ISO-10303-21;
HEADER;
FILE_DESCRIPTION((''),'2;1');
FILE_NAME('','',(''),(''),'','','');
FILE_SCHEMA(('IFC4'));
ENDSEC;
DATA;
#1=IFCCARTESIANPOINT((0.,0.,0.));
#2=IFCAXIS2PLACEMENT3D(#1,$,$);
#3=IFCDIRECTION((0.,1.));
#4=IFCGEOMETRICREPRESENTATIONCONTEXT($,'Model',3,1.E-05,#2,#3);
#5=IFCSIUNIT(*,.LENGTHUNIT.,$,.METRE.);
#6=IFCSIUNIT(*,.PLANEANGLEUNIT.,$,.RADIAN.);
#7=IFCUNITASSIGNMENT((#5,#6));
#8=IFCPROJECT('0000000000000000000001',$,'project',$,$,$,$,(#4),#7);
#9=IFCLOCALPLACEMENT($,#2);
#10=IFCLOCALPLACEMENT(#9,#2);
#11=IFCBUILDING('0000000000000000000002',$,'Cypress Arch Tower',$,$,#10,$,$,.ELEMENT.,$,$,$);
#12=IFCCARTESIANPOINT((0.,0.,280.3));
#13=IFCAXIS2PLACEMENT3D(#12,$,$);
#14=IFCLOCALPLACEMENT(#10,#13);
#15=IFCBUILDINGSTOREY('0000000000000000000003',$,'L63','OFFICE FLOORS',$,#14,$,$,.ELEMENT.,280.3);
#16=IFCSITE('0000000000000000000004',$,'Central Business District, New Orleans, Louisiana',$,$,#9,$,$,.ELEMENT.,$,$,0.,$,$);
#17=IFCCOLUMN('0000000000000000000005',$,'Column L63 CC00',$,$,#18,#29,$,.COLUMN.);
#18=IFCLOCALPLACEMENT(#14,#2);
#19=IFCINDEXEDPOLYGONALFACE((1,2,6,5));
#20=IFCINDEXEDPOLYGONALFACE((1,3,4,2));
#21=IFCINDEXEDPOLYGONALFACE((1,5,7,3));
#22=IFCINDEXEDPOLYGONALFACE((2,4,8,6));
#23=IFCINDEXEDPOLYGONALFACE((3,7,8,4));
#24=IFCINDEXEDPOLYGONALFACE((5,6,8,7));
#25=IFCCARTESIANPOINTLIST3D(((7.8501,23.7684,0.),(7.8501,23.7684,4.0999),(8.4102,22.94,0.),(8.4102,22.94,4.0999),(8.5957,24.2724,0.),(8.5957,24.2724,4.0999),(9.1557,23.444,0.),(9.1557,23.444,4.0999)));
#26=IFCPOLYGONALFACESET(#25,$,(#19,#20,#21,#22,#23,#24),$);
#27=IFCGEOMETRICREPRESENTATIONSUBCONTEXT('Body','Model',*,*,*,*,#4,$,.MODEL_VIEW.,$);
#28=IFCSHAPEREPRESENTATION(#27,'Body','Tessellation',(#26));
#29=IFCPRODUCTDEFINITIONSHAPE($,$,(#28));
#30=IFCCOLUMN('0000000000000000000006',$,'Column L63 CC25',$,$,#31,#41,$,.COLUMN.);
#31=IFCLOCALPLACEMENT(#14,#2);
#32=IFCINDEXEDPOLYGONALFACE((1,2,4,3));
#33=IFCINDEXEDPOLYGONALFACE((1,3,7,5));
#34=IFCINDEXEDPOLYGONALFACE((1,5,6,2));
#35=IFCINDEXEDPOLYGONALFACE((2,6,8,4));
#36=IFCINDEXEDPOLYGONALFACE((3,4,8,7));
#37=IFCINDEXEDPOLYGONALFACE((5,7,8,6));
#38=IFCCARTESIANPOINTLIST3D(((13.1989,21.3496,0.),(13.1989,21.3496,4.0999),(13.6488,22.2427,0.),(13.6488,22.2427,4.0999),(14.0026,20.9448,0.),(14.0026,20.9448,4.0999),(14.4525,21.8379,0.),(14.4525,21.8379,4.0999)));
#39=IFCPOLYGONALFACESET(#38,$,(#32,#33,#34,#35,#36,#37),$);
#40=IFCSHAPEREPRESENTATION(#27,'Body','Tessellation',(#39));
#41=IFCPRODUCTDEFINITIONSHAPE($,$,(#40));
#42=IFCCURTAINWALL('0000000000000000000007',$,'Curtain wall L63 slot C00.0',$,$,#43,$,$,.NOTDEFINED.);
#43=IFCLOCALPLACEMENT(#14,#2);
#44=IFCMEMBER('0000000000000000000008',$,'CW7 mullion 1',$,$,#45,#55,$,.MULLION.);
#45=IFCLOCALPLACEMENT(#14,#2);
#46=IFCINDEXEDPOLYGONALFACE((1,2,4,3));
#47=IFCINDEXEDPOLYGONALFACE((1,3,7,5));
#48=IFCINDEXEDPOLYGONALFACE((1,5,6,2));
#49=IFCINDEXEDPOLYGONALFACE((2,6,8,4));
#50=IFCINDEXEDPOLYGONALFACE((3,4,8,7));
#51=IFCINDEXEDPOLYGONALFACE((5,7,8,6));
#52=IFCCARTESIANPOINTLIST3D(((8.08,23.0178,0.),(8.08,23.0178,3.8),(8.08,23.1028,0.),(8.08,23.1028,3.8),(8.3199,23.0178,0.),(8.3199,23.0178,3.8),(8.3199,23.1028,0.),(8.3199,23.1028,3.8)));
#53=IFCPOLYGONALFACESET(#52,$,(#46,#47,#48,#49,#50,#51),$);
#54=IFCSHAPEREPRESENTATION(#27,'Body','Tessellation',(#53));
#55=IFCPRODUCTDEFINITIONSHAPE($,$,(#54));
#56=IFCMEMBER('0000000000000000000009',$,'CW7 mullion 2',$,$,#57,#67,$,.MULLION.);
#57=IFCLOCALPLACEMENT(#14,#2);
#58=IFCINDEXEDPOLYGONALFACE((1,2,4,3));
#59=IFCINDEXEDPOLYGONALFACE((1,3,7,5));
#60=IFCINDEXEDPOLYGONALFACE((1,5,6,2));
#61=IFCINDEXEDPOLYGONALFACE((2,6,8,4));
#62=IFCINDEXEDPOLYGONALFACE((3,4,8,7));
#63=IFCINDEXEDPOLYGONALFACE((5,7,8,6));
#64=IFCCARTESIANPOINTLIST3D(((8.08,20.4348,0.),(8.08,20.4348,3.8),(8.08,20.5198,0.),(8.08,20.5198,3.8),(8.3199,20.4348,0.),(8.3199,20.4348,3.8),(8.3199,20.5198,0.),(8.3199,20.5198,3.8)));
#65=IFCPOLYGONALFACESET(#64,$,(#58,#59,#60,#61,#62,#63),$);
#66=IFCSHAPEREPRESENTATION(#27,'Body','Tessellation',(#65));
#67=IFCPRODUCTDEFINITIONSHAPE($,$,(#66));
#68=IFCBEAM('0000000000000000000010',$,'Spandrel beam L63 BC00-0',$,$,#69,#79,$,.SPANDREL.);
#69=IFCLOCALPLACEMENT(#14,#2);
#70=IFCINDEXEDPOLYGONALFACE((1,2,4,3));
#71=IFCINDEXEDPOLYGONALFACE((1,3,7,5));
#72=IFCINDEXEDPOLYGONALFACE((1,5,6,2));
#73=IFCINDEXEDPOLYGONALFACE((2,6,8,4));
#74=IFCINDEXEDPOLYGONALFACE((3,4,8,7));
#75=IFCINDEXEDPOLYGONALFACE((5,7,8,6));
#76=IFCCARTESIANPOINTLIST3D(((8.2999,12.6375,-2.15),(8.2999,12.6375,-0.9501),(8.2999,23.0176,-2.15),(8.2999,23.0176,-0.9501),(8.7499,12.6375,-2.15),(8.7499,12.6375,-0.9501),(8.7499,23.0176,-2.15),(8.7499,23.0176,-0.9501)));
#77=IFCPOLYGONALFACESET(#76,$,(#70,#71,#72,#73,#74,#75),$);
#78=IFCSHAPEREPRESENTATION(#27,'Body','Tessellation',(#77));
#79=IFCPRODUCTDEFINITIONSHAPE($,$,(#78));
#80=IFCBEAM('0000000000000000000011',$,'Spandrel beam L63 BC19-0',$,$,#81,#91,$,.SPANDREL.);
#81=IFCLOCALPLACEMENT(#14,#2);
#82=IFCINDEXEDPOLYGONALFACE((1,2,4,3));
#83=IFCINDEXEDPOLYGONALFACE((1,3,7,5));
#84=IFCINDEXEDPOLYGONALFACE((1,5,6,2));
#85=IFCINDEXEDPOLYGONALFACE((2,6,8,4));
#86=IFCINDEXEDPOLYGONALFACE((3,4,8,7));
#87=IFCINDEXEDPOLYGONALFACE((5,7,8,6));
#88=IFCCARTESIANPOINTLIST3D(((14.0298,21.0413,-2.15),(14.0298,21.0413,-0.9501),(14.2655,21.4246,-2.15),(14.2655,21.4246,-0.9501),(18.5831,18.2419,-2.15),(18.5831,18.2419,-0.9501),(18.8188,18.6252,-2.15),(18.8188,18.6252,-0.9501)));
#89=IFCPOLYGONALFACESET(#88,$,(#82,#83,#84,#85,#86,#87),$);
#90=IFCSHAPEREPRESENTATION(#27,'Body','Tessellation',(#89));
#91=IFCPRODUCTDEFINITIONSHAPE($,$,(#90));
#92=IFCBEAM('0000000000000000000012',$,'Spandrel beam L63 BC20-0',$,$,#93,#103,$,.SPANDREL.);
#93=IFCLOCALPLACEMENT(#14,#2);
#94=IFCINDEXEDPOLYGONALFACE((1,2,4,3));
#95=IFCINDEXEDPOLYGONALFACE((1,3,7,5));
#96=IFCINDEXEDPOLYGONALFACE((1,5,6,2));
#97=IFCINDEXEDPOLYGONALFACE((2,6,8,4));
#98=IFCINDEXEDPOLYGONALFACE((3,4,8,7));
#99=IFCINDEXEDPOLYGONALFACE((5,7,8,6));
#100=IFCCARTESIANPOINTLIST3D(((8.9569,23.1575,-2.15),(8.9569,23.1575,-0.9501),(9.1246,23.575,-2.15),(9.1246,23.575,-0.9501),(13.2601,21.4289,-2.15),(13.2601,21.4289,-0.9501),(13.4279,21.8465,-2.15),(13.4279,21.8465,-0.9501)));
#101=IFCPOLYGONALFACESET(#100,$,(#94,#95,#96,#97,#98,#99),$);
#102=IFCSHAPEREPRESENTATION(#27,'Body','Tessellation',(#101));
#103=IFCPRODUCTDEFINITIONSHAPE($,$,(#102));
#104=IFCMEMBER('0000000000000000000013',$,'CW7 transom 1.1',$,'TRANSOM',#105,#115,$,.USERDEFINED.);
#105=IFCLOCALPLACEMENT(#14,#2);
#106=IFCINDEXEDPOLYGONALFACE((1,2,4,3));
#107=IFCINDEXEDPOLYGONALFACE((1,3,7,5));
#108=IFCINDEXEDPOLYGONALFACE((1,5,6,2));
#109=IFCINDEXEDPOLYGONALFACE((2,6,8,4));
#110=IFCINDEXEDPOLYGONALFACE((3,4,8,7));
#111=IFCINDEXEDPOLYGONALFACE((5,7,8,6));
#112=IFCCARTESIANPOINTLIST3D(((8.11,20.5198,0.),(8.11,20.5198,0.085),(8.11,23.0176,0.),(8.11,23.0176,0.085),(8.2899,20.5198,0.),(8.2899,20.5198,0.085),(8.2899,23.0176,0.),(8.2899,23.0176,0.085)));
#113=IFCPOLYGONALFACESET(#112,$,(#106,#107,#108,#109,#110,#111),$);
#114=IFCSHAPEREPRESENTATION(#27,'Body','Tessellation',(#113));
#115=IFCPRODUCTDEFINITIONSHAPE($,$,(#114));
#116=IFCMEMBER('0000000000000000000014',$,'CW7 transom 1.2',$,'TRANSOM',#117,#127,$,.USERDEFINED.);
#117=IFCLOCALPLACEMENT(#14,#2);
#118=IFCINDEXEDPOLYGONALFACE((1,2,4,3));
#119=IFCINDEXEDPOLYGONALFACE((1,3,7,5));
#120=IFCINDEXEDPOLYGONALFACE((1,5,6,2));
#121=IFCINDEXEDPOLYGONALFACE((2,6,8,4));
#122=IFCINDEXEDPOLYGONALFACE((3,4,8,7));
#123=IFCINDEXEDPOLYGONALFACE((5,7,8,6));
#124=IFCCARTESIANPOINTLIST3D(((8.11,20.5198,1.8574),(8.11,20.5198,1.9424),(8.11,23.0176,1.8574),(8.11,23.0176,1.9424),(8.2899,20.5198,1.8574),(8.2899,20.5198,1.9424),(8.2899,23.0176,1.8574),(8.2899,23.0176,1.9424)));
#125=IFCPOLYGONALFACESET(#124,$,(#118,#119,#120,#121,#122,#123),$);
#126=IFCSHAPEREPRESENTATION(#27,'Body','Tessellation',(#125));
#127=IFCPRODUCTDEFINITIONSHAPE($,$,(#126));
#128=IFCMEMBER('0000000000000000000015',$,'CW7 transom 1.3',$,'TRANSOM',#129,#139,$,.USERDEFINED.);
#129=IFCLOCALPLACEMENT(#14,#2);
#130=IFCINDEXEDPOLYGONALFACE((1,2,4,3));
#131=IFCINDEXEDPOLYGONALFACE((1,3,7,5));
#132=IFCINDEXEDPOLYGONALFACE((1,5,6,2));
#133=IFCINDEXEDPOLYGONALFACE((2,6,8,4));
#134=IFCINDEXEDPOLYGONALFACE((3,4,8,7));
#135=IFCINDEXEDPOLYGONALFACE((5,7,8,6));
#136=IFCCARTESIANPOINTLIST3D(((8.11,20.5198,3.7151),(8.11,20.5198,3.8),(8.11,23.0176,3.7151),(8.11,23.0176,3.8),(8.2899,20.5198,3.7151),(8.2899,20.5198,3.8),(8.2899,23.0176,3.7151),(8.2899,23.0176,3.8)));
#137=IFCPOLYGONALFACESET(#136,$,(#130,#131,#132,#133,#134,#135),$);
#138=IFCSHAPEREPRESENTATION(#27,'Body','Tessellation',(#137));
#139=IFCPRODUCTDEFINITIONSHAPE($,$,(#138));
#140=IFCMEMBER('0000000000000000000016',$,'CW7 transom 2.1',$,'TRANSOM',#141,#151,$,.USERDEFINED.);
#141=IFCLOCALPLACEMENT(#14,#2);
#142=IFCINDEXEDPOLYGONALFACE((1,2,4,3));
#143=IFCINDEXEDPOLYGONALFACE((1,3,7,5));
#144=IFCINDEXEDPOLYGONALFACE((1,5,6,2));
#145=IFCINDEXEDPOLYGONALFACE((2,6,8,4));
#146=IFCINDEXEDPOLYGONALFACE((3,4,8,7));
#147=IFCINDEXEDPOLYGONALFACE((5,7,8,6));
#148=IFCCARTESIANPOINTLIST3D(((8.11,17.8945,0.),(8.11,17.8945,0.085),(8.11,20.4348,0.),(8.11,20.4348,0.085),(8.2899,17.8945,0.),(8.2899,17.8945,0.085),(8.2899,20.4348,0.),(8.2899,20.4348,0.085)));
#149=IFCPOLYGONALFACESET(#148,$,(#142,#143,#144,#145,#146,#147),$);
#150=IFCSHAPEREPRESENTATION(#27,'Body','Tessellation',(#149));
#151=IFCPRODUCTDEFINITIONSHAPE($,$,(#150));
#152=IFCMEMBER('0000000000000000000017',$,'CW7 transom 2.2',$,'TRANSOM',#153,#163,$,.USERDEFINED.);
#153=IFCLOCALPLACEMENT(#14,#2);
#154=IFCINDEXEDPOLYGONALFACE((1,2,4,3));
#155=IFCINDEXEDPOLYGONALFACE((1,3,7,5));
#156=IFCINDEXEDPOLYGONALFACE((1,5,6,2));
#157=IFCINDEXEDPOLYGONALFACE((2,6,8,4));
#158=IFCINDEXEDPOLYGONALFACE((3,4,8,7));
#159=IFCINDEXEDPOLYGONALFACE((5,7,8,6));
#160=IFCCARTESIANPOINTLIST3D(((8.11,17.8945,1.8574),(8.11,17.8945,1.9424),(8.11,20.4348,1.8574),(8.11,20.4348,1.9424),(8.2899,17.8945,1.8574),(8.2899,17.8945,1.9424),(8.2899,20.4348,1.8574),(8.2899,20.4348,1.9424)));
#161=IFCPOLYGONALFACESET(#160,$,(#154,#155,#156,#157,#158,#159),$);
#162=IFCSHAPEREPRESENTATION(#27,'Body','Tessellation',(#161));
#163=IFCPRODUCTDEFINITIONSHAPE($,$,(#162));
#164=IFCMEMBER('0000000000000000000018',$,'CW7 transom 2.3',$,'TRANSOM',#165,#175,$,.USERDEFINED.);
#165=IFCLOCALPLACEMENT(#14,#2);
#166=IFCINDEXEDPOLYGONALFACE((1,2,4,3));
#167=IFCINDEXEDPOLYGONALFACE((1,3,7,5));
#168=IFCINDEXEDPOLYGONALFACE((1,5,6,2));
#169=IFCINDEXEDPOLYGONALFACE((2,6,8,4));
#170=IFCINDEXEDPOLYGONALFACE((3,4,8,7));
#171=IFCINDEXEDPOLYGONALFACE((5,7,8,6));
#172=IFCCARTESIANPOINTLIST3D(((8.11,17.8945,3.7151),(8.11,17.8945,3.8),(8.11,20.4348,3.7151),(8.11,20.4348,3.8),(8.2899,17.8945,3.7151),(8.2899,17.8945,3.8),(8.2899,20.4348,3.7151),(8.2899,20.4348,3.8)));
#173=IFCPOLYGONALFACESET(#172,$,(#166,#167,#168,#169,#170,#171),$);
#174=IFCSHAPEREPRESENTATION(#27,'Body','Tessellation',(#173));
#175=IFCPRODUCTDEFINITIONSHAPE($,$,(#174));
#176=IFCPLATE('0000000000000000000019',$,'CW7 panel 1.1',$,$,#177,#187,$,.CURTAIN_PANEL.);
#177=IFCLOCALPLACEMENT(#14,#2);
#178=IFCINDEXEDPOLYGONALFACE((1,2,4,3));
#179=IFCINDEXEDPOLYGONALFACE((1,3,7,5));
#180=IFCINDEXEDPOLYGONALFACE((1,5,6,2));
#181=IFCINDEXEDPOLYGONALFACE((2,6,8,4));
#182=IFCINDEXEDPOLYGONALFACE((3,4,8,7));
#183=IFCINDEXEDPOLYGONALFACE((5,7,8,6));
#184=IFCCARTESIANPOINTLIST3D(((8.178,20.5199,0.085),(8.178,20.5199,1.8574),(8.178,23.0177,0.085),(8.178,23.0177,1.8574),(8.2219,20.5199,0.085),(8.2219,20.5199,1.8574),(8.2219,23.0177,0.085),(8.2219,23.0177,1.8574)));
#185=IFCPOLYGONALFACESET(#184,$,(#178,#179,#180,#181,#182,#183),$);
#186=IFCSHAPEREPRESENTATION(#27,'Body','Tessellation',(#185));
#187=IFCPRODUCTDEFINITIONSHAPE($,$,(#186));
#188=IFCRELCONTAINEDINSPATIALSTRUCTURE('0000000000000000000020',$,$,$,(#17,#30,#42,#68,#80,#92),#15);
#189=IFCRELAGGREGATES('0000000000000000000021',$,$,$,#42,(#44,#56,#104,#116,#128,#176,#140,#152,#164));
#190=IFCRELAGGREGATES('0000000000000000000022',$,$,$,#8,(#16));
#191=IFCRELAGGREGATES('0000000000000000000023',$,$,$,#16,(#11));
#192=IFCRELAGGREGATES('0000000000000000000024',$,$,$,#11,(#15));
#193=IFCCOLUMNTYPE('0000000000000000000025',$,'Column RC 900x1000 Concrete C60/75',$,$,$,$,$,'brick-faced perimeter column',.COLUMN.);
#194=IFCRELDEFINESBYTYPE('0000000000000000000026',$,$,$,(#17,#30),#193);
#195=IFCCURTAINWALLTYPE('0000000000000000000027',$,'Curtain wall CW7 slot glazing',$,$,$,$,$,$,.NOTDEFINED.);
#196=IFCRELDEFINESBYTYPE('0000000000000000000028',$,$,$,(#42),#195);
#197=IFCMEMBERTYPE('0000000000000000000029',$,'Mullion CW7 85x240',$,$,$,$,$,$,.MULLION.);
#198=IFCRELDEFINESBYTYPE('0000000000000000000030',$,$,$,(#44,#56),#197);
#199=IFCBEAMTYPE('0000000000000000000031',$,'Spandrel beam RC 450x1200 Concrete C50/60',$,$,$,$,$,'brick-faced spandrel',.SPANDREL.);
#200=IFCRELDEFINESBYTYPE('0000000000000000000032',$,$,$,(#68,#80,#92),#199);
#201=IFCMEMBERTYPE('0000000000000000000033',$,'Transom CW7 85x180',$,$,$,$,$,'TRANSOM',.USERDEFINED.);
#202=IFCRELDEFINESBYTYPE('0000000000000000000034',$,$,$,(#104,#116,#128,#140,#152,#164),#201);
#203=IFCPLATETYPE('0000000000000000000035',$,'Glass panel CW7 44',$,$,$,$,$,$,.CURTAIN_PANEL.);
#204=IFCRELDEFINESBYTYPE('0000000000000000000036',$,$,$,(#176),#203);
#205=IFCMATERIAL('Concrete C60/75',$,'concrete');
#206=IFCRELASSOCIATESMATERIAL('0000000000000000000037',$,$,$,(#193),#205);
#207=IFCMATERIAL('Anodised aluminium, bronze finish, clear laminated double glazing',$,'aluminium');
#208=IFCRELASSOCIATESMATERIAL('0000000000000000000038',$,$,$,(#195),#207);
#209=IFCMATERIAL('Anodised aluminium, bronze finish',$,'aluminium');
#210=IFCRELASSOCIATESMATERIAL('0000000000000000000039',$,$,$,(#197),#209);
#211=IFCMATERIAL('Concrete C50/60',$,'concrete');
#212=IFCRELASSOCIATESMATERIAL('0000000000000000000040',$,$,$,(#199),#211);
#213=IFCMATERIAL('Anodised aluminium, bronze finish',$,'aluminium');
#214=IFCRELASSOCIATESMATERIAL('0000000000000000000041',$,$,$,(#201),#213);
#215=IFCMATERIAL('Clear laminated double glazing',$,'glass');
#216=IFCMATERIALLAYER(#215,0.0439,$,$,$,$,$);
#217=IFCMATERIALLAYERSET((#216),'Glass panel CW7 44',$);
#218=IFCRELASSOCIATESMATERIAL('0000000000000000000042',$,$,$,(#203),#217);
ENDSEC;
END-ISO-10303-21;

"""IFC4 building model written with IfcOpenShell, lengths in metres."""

from ifc_helpers import new_model, si_unit, direction, frame, origin, origin_2d, place, context, subcontext, project, spatial, rectangle, extrude, material, layer, layer_set, material_profile, profile_set, type_object, element, aggregate, save


model = new_model("IFC4")

# Units and contexts
model_context = context("Model", 3, precision=1e-05, world=origin(), true_north=direction((0.0, 1.0)))
body_context = subcontext(model_context, "Body", "Model", "MODEL_VIEW")
ifc_project = project(units=[si_unit("LENGTHUNIT", "METRE"), si_unit("PLANEANGLEUNIT", "RADIAN")], contexts=[model_context])

# Site, building, storey
site_placement = place(None, origin())
site = spatial("IfcSite", under=ifc_project, at=site_placement, Name="Central Business District, New Orleans, Louisiana", CompositionType="ELEMENT", RefElevation=0.0)
building_placement = place(site_placement, origin())
building = spatial("IfcBuilding", under=site, at=building_placement, Name="Cypress Arch Tower", CompositionType="ELEMENT")
storey_placement = place(building_placement, frame((0.0, 0.0, 280.3)))
storey = spatial("IfcBuildingStorey", under=building, at=storey_placement, Name="L63", Description="OFFICE FLOORS", CompositionType="ELEMENT", Elevation=280.3)

# Columns
ifc_material_1 = material(Name="Concrete C60/75", Category="concrete")
ifc_material_profile_1 = material_profile(ifc_material_1, rectangle(XDim=0.8999, YDim=1.0, at=origin_2d()), Name="RC 900x1000")
ifc_profile_set_1 = profile_set([ifc_material_profile_1], Name="Concrete C60/75")
column_type = type_object("IfcColumnType", Name="Column RC 900x1000 Concrete C60/75", ElementType="brick-faced perimeter column", PredefinedType="COLUMN", material=ifc_profile_set_1)
for number, where, z_axis, x_axis, name in (
    (1, (8.5029, 23.6062, 0.0), (0.0, 0.0, 1.0), (-0.82847, -0.560034, 0.0), "Column L63 CC00"),
    (2, (13.8257, 21.5938, 0.0), (0.0, 0.0, 1.0), (-0.893106, 0.449845, 0.0), "Column L63 CC25"),
):
    element("IfcColumn", number, at=place(storey_placement, frame(where, z_axis=z_axis, x_axis=x_axis)), inside=storey, type_object=column_type, Name=name, PredefinedType="COLUMN", context=body_context, shape_type="SweptSolid", body=[
        extrude(rectangle(XDim=0.8999, YDim=1.0, at=origin_2d()), origin(), (0.0, 0.0, 1.0), 4.0999),
    ])

# Curtain wall, members
ifc_material_2 = material(Name="Anodised aluminium, bronze finish, clear laminated double glazing", Category="aluminium")
curtain_wall_type = type_object("IfcCurtainWallType", Name="Curtain wall CW7 slot glazing", PredefinedType="NOTDEFINED", material=ifc_material_2)
curtain_wall_placement = place(storey_placement, origin())
curtain_wall = element("IfcCurtainWall", 3, at=curtain_wall_placement, inside=storey, type_object=curtain_wall_type, Name="Curtain wall L63 slot C00.0", PredefinedType="NOTDEFINED")
ifc_material_3 = material(Name="Anodised aluminium, bronze finish", Category="aluminium")
ifc_material_profile_2 = material_profile(ifc_material_3, rectangle(XDim=0.24, YDim=0.085, at=origin_2d()), Name="Mullion 85x240")
ifc_profile_set_2 = profile_set([ifc_material_profile_2], Name="Anodised aluminium, bronze finish")
member_type_1 = type_object("IfcMemberType", Name="Mullion CW7 85x240", PredefinedType="MULLION", material=ifc_profile_set_2)
member_1_placement = place(storey_placement, frame((8.2, 23.0603, 0.0), z_axis=(0.0, 0.0, 1.0), x_axis=(1.0, 0.0, 0.0)))
member_1 = element("IfcMember", 4, at=member_1_placement, type_object=member_type_1, Name="CW7 mullion 1", PredefinedType="MULLION", context=body_context, shape_type="SweptSolid", body=[
    extrude(rectangle(XDim=0.24, YDim=0.085, at=origin_2d()), origin(), (0.0, 0.0, 1.0), 3.8),
])
member_2_placement = place(storey_placement, frame((8.2, 20.4773, 0.0), z_axis=(0.0, 0.0, 1.0), x_axis=(1.0, 0.0, 0.0)))
member_2 = element("IfcMember", 5, at=member_2_placement, type_object=member_type_1, Name="CW7 mullion 2", PredefinedType="MULLION", context=body_context, shape_type="SweptSolid", body=[
    extrude(rectangle(XDim=0.24, YDim=0.085, at=origin_2d()), origin(), (0.0, 0.0, 1.0), 3.8),
])

# Beams
ifc_material_4 = material(Name="Concrete C50/60", Category="concrete")
ifc_material_profile_3 = material_profile(ifc_material_4, rectangle(XDim=0.45, YDim=1.2, at=origin_2d()), Name="RC 450x1200")
ifc_profile_set_3 = profile_set([ifc_material_profile_3], Name="Concrete C50/60")
beam_type = type_object("IfcBeamType", Name="Spandrel beam RC 450x1200 Concrete C50/60", ElementType="brick-faced spandrel", PredefinedType="SPANDREL", material=ifc_profile_set_3)
beam_1_placement = place(storey_placement, frame((8.5249, 23.0176, -1.55), z_axis=(0.0, -1.0, 0.0), x_axis=(1.0, 0.0, 0.0)))
element("IfcBeam", 6, at=beam_1_placement, inside=storey, type_object=beam_type, Name="Spandrel beam L63 BC00-0", PredefinedType="SPANDREL", context=body_context, shape_type="SweptSolid", body=[
    extrude(rectangle(XDim=0.45, YDim=1.2, at=origin_2d()), origin(), (0.0, 0.0, 1.0), 10.3801),
])
beam_2_placement = place(storey_placement, frame((18.7009, 18.4336, -1.55), z_axis=(-0.851881, 0.523735, 0.0), x_axis=(-0.523735, -0.851881, 0.0)))
element("IfcBeam", 7, at=beam_2_placement, inside=storey, type_object=beam_type, Name="Spandrel beam L63 BC19-0", PredefinedType="SPANDREL", context=body_context, shape_type="SweptSolid", body=[
    extrude(rectangle(XDim=0.45, YDim=1.2, at=origin_2d()), origin(), (0.0, 0.0, 1.0), 5.345),
])
beam_3_placement = place(storey_placement, frame((13.344, 21.6377, -1.55), z_axis=(-0.927938, 0.372734, 0.0), x_axis=(-0.372734, -0.927938, 0.0)))
element("IfcBeam", 8, at=beam_3_placement, inside=storey, type_object=beam_type, Name="Spandrel beam L63 BC20-0", PredefinedType="SPANDREL", context=body_context, shape_type="SweptSolid", body=[
    extrude(rectangle(XDim=0.45, YDim=1.2, at=origin_2d()), origin(), (0.0, 0.0, 1.0), 4.6375),
])

# Members
ifc_material_5 = material(Name="Anodised aluminium, bronze finish", Category="aluminium")
ifc_material_profile_4 = material_profile(ifc_material_5, rectangle(XDim=0.1799, YDim=0.085, at=origin_2d()), Name="Transom 85x180")
ifc_profile_set_4 = profile_set([ifc_material_profile_4], Name="Anodised aluminium, bronze finish")
member_type_2 = type_object("IfcMemberType", Name="Transom CW7 85x180", ElementType="TRANSOM", PredefinedType="USERDEFINED", material=ifc_profile_set_4)
member_3_placement = place(storey_placement, frame((8.2, 23.0176, 0.0425), z_axis=(0.0, -1.0, 0.0), x_axis=(1.0, 0.0, 0.0)))
member_3 = element("IfcMember", 9, at=member_3_placement, type_object=member_type_2, Name="CW7 transom 1.1", ObjectType="TRANSOM", PredefinedType="USERDEFINED", context=body_context, shape_type="SweptSolid", body=[
    extrude(rectangle(XDim=0.1799, YDim=0.085, at=origin_2d()), origin(), (0.0, 0.0, 1.0), 2.4978),
])
member_4_placement = place(storey_placement, frame((8.2, 23.0176, 1.8999), z_axis=(0.0, -1.0, 0.0), x_axis=(1.0, 0.0, 0.0)))
member_4 = element("IfcMember", 10, at=member_4_placement, type_object=member_type_2, Name="CW7 transom 1.2", ObjectType="TRANSOM", PredefinedType="USERDEFINED", context=body_context, shape_type="SweptSolid", body=[
    extrude(rectangle(XDim=0.1799, YDim=0.085, at=origin_2d()), origin(), (0.0, 0.0, 1.0), 2.4978),
])
member_5_placement = place(storey_placement, frame((8.2, 23.0176, 3.7576), z_axis=(0.0, -1.0, 0.0), x_axis=(1.0, 0.0, 0.0)))
member_5 = element("IfcMember", 11, at=member_5_placement, type_object=member_type_2, Name="CW7 transom 1.3", ObjectType="TRANSOM", PredefinedType="USERDEFINED", context=body_context, shape_type="SweptSolid", body=[
    extrude(rectangle(XDim=0.1799, YDim=0.085, at=origin_2d()), origin(), (0.0, 0.0, 1.0), 2.4978),
])
member_6_placement = place(storey_placement, frame((8.2, 20.4348, 0.0425), z_axis=(0.0, -1.0, 0.0), x_axis=(1.0, 0.0, 0.0)))
member_6 = element("IfcMember", 12, at=member_6_placement, type_object=member_type_2, Name="CW7 transom 2.1", ObjectType="TRANSOM", PredefinedType="USERDEFINED", context=body_context, shape_type="SweptSolid", body=[
    extrude(rectangle(XDim=0.1799, YDim=0.085, at=origin_2d()), origin(), (0.0, 0.0, 1.0), 2.5403),
])
member_7_placement = place(storey_placement, frame((8.2, 20.4348, 1.8999), z_axis=(0.0, -1.0, 0.0), x_axis=(1.0, 0.0, 0.0)))
member_7 = element("IfcMember", 13, at=member_7_placement, type_object=member_type_2, Name="CW7 transom 2.2", ObjectType="TRANSOM", PredefinedType="USERDEFINED", context=body_context, shape_type="SweptSolid", body=[
    extrude(rectangle(XDim=0.1799, YDim=0.085, at=origin_2d()), origin(), (0.0, 0.0, 1.0), 2.5403),
])
member_8_placement = place(storey_placement, frame((8.2, 20.4348, 3.7576), z_axis=(0.0, -1.0, 0.0), x_axis=(1.0, 0.0, 0.0)))
member_8 = element("IfcMember", 14, at=member_8_placement, type_object=member_type_2, Name="CW7 transom 2.3", ObjectType="TRANSOM", PredefinedType="USERDEFINED", context=body_context, shape_type="SweptSolid", body=[
    extrude(rectangle(XDim=0.1799, YDim=0.085, at=origin_2d()), origin(), (0.0, 0.0, 1.0), 2.5403),
])

# Plate
ifc_material_6 = material(Name="Clear laminated double glazing", Category="glass")
ifc_layer_1 = layer(ifc_material_6, 0.0439)
ifc_layer_set_1 = layer_set([ifc_layer_1], Name="Glass panel CW7 44")
plate_type = type_object("IfcPlateType", Name="Glass panel CW7 44", PredefinedType="CURTAIN_PANEL", material=ifc_layer_set_1)
plate_1_placement = place(storey_placement, frame((8.2, 21.7688, 0.085), z_axis=(0.0, 0.0, 1.0), x_axis=(0.0, -1.0, 0.0)))
plate_1 = element("IfcPlate", 15, at=plate_1_placement, type_object=plate_type, Name="CW7 panel 1.1", PredefinedType="CURTAIN_PANEL", context=body_context, shape_type="SweptSolid", body=[
    extrude(rectangle(XDim=2.4978, YDim=0.0439, at=origin_2d()), origin(), (0.0, 0.0, 1.0), 1.7725),
])
aggregate(curtain_wall, [member_1, member_2, member_3, member_4, member_5, plate_1, member_6, member_7, member_8])

save(model, "model.ifc")
